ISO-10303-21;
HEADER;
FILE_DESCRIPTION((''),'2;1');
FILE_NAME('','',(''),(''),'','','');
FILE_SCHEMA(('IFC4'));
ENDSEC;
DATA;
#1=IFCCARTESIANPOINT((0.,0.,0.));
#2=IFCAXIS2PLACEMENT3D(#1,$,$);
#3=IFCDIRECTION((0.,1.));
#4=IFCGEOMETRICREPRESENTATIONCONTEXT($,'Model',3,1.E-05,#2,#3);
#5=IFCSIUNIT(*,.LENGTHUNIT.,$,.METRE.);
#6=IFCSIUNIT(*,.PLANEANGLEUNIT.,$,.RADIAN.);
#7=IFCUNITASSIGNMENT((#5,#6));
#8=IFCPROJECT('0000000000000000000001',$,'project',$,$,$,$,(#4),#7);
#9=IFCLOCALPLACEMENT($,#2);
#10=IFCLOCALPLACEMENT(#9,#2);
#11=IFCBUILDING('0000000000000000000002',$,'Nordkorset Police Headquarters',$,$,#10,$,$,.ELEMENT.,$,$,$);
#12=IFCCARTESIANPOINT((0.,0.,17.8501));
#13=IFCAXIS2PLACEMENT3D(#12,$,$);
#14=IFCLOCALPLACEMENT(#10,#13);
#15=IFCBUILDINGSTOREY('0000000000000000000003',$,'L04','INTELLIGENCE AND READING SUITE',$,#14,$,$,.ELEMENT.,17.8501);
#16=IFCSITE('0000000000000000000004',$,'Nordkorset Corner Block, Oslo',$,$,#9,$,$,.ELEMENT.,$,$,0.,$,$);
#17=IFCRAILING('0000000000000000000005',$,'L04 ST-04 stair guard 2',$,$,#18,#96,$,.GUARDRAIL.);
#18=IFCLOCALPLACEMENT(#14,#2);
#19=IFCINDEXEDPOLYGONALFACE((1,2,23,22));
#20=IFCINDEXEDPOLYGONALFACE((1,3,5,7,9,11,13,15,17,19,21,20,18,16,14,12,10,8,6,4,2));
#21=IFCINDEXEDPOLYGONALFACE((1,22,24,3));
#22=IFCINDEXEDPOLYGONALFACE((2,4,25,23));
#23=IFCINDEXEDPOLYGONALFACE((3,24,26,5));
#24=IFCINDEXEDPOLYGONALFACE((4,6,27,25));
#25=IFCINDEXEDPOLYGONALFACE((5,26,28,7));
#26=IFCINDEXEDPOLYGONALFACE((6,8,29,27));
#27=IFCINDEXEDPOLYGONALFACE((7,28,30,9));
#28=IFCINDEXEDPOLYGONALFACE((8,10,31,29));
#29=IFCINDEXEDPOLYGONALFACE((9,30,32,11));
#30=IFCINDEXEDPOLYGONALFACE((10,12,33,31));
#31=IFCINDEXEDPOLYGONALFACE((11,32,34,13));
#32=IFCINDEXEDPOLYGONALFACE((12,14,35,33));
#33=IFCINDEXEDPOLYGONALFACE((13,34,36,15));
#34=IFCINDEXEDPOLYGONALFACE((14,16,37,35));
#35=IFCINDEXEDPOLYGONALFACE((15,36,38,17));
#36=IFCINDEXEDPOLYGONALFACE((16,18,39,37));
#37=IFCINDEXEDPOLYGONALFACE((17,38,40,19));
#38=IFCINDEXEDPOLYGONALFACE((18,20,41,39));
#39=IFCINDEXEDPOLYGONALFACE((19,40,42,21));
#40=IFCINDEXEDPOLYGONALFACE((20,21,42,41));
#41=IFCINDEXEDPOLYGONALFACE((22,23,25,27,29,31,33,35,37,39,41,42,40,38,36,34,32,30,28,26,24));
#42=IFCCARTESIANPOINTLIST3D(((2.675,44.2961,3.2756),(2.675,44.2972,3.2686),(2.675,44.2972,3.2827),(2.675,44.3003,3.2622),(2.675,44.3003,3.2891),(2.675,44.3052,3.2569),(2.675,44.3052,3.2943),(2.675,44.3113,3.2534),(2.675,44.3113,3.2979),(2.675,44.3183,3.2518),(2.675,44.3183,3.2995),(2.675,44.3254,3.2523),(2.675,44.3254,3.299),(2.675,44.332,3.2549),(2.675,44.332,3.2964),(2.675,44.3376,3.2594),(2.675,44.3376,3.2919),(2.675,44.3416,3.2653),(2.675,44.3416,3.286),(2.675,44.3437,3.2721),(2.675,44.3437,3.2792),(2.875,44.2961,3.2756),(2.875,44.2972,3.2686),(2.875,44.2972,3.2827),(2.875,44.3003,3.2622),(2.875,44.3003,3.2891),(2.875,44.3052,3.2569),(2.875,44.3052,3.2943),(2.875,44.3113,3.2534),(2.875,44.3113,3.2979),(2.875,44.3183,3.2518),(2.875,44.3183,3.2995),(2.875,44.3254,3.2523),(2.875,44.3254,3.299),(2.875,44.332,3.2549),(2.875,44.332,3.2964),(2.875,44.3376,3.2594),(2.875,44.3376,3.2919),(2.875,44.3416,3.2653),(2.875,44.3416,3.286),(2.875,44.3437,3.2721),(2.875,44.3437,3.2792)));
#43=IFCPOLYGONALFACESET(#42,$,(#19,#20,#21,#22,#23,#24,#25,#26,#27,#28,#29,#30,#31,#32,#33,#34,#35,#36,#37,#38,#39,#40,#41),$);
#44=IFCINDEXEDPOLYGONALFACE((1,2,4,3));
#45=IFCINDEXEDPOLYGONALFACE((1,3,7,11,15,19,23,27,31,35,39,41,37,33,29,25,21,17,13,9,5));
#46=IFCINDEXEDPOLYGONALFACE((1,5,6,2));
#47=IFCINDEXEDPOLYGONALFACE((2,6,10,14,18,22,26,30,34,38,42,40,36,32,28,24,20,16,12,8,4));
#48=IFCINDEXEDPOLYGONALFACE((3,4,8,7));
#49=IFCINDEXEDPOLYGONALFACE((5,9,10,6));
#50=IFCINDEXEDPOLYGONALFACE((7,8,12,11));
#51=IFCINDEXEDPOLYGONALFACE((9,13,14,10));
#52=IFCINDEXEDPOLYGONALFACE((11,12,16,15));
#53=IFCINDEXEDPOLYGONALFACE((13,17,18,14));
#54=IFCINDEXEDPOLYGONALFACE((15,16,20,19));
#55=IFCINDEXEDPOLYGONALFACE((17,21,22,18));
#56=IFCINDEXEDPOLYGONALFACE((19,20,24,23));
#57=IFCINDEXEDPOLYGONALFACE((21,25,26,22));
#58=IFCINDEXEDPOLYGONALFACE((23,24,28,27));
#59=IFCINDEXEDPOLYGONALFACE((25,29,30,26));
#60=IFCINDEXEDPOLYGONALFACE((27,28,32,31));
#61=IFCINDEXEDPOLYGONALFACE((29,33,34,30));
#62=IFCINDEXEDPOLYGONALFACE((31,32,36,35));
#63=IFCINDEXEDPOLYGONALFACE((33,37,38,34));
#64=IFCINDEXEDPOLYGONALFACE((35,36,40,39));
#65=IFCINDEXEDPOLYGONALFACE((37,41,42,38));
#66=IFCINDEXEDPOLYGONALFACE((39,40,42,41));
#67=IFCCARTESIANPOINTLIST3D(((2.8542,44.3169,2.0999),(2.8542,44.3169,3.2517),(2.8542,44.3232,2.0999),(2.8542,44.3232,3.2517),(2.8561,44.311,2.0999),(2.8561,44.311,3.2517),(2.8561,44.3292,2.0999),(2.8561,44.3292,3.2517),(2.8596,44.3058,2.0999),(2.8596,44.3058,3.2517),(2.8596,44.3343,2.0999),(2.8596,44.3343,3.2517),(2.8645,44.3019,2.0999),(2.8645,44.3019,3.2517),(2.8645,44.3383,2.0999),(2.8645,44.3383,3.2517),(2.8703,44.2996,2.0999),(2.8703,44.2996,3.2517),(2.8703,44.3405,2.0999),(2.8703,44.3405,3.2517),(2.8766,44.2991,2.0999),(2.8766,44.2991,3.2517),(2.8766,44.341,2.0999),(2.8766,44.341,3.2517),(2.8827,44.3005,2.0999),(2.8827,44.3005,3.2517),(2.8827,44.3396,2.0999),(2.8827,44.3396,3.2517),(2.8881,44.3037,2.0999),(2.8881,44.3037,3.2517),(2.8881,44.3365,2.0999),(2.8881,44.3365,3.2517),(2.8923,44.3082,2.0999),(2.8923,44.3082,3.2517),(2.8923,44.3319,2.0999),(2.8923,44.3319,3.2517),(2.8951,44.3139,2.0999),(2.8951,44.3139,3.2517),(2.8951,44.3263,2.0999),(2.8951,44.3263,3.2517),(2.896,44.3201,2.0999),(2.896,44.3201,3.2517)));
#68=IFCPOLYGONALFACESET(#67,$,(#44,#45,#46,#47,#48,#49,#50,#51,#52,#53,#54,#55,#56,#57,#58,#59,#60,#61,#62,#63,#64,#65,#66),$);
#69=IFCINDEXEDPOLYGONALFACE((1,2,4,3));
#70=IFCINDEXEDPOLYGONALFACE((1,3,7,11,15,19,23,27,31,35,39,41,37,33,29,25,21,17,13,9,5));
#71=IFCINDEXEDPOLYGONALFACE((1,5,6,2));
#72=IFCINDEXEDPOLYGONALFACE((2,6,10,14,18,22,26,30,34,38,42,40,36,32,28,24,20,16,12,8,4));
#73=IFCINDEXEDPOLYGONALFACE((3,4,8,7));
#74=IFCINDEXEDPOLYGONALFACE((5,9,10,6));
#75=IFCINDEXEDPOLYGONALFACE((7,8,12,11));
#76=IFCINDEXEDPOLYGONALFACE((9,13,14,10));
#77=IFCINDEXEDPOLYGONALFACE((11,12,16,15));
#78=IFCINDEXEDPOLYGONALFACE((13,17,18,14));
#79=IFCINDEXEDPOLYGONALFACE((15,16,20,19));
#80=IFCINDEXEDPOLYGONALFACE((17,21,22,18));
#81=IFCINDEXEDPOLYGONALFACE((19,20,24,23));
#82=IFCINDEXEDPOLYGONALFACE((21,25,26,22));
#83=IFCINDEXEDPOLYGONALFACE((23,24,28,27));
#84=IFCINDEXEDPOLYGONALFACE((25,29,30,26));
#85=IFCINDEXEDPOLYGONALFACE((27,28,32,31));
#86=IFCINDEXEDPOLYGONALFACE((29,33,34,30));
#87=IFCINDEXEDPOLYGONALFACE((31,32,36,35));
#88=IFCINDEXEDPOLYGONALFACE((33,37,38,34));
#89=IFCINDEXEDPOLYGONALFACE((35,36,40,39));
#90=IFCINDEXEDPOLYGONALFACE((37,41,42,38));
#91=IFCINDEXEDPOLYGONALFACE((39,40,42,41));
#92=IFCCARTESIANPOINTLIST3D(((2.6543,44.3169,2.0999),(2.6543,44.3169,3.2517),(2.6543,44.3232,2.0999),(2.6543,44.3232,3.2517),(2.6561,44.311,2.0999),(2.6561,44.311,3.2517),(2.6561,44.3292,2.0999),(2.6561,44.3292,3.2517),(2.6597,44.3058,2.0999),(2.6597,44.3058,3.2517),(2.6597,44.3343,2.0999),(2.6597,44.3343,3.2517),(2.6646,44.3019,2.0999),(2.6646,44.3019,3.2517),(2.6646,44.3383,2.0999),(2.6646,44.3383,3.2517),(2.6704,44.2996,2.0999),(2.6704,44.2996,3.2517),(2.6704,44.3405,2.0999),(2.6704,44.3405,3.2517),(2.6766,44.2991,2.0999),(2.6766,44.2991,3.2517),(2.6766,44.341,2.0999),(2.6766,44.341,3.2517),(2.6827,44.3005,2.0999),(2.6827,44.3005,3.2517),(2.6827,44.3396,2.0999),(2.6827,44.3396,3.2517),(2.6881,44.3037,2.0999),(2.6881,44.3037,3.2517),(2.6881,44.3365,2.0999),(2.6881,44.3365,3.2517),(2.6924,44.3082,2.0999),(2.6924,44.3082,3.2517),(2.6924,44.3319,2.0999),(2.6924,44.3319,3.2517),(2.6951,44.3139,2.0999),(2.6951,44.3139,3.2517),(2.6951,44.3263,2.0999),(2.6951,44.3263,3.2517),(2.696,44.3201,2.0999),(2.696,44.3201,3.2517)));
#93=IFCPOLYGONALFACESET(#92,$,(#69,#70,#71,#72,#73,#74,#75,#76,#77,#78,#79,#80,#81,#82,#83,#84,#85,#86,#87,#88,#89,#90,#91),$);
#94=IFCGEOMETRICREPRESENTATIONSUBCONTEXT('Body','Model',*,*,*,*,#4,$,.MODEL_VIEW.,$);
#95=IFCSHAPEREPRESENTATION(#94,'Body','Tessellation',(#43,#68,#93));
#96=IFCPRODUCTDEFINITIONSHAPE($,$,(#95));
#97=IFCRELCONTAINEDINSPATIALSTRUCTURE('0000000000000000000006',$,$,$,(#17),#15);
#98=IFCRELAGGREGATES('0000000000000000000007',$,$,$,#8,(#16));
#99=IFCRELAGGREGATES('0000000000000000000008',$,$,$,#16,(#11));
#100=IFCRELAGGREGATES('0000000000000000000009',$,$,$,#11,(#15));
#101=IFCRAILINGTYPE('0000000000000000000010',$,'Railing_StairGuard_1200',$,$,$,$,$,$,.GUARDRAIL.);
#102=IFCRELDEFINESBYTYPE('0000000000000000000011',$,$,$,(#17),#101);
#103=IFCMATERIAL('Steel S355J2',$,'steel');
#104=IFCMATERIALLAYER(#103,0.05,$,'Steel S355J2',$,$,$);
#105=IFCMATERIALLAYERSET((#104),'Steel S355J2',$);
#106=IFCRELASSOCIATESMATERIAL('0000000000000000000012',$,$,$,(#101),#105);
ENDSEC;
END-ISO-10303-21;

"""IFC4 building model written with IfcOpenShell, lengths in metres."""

from ifc_helpers import new_model, si_unit, direction, frame, origin, origin_2d, place, context, subcontext, project, spatial, circle, extrude, material, layer, layer_set, type_object, element, save


model = new_model("IFC4")

# Units and contexts
model_context = context("Model", 3, precision=1e-05, world=origin(), true_north=direction((0.0, 1.0)))
body_context = subcontext(model_context, "Body", "Model", "MODEL_VIEW")
ifc_project = project(units=[si_unit("LENGTHUNIT", "METRE"), si_unit("PLANEANGLEUNIT", "RADIAN")], contexts=[model_context])

# Site, building, storey
site_placement = place(None, origin())
site = spatial("IfcSite", under=ifc_project, at=site_placement, Name="Nordkorset Corner Block, Oslo", CompositionType="ELEMENT", RefElevation=0.0)
building_placement = place(site_placement, origin())
building = spatial("IfcBuilding", under=site, at=building_placement, Name="Nordkorset Police Headquarters", CompositionType="ELEMENT")
storey_placement = place(building_placement, frame((0.0, 0.0, 17.8501)))
storey = spatial("IfcBuildingStorey", under=building, at=storey_placement, Name="L04", Description="INTELLIGENCE AND READING SUITE", CompositionType="ELEMENT", Elevation=17.8501)

# Railing
ifc_material_1 = material(Name="Steel S355J2", Category="steel")
ifc_layer_1 = layer(ifc_material_1, 0.05, Name="Steel S355J2")
ifc_layer_set_1 = layer_set([ifc_layer_1], Name="Steel S355J2")
railing_type_1 = type_object("IfcRailingType", Name="Railing_StairGuard_1200", PredefinedType="GUARDRAIL", material=ifc_layer_set_1)
railing_1_placement = place(storey_placement, frame((2.875, 44.3201, 2.0999)))
element("IfcRailing", 1, at=railing_1_placement, inside=storey, type_object=railing_type_1, Name="L04 ST-04 stair guard 2", PredefinedType="GUARDRAIL", context=body_context, shape_type="SweptSolid", body=[
    extrude(circle(Radius=0.0239, at=origin_2d()), frame((0.0, 0.0, 1.1758), z_axis=(-1.0, 0.0, 0.0), x_axis=(0.0, -1.0, 0.0)), (0.0, 0.0, 1.0), 0.2),
    extrude(circle(Radius=0.021, at=origin_2d()), origin(), (0.0, 0.0, 1.0), 1.1519),
    extrude(circle(Radius=0.021, at=origin_2d()), frame((-0.2, 0.0, 0.0)), (0.0, 0.0, 1.0), 1.1519),
])

save(model, "model.ifc")
